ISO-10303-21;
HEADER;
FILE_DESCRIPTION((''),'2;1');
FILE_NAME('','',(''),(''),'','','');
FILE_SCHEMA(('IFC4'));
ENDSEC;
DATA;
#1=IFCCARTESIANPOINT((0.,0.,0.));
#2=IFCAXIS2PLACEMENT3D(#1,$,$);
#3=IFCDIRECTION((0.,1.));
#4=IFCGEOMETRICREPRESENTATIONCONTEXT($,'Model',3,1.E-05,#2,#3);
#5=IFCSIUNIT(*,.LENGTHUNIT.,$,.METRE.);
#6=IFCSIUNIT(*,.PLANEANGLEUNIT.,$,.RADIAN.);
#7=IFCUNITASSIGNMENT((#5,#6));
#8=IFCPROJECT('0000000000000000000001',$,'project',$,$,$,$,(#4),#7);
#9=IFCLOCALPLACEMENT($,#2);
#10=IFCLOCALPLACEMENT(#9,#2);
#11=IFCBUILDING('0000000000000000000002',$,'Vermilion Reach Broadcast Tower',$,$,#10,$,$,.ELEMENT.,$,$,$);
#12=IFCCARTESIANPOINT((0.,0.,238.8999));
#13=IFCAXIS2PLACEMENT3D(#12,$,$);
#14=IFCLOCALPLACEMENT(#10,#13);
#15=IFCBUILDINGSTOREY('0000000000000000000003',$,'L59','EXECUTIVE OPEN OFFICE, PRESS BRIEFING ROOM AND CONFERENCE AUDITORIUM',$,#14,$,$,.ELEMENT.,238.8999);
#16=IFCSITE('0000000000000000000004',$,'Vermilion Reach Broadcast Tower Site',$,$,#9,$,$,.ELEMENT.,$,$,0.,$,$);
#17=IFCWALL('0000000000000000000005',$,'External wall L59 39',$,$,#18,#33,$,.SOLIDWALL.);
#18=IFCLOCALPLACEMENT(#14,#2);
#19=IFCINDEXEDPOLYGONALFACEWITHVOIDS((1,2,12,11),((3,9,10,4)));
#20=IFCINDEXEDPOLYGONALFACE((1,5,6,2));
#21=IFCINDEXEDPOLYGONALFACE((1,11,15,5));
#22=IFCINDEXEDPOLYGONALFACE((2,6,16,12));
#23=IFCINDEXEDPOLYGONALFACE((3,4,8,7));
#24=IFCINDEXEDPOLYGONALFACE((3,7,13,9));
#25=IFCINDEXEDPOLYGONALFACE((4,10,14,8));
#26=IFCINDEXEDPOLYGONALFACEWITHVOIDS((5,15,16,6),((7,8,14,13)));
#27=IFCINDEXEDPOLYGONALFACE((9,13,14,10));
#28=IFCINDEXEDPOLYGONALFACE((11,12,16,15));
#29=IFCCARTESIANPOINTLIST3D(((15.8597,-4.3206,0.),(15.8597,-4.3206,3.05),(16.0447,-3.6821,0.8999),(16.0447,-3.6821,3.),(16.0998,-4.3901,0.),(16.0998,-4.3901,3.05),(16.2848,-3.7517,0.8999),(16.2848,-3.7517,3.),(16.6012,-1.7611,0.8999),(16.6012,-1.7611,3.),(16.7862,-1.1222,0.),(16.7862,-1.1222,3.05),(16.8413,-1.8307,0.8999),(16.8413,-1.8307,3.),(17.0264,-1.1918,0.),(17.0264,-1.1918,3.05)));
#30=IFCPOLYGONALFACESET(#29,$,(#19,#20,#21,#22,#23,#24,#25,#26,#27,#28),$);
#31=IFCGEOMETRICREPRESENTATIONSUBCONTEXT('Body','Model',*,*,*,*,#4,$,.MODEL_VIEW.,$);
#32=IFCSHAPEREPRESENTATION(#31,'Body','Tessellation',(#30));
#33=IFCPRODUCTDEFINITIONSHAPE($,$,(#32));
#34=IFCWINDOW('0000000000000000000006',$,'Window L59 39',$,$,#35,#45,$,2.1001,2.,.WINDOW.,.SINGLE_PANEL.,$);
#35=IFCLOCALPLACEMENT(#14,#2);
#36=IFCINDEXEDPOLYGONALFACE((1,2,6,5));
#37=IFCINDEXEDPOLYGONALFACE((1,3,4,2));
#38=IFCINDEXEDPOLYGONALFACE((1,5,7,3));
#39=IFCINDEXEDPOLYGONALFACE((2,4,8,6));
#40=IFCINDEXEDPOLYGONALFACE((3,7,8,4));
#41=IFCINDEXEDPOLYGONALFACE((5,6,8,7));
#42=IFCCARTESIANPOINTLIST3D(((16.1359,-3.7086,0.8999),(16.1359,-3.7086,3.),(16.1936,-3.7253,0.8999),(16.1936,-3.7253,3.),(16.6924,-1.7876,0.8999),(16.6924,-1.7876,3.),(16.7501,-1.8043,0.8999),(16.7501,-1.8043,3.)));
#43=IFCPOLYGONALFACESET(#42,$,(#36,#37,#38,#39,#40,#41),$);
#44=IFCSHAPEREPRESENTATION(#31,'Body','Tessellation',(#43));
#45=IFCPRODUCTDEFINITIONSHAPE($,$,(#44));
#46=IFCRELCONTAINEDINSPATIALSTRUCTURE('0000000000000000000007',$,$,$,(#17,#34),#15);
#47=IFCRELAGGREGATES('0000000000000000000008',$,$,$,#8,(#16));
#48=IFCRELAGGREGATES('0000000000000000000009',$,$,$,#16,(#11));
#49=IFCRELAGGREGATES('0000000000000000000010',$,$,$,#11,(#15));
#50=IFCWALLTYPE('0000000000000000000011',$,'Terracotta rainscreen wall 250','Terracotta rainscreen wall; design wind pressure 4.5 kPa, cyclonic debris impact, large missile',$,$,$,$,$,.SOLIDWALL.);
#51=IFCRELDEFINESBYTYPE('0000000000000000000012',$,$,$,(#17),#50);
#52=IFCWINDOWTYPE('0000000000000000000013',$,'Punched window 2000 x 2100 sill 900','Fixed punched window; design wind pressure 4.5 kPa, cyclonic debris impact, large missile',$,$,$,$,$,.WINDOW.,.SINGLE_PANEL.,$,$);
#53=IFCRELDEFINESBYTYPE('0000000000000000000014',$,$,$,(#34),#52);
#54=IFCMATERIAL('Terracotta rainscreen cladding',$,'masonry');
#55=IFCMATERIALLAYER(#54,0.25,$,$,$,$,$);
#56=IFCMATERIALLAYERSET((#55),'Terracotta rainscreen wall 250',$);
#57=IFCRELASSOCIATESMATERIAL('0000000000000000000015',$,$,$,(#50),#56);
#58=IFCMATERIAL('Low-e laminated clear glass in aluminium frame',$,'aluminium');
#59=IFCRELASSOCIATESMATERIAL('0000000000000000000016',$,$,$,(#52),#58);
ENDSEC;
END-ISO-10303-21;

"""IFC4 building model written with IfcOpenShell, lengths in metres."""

from ifc_helpers import new_model, si_unit, direction, frame, frame_2d, origin, place, context, subcontext, project, spatial, rectangle, extrude, material, layer, layer_set, type_object, element, fill, save


model = new_model("IFC4")

# Units and contexts
model_context = context("Model", 3, precision=1e-05, world=origin(), true_north=direction((0.0, 1.0)))
body_context = subcontext(model_context, "Body", "Model", "MODEL_VIEW")
ifc_project = project(units=[si_unit("LENGTHUNIT", "METRE"), si_unit("PLANEANGLEUNIT", "RADIAN")], contexts=[model_context])

# Site, building, storey
site_placement = place(None, origin())
site = spatial("IfcSite", under=ifc_project, at=site_placement, Name="Vermilion Reach Broadcast Tower Site", CompositionType="ELEMENT", RefElevation=0.0)
building_placement = place(site_placement, origin())
building = spatial("IfcBuilding", under=site, at=building_placement, Name="Vermilion Reach Broadcast Tower", CompositionType="ELEMENT")
storey_placement = place(building_placement, frame((0.0, 0.0, 238.8999)))
storey = spatial("IfcBuildingStorey", under=building, at=storey_placement, Name="L59", Description="EXECUTIVE OPEN OFFICE, PRESS BRIEFING ROOM AND CONFERENCE AUDITORIUM", CompositionType="ELEMENT", Elevation=238.8999)

# Shared definitions
ifc_material_1 = material(Name="Terracotta rainscreen cladding", Category="masonry")
ifc_layer_1 = layer(ifc_material_1, 0.25)
ifc_layer_set_1 = layer_set([ifc_layer_1], Name="Terracotta rainscreen wall 250")
wall_type_1 = type_object("IfcWallType", Name="Terracotta rainscreen wall 250", Description="Terracotta rainscreen wall; design wind pressure 4.5 kPa, cyclonic debris impact, large missile", PredefinedType="SOLIDWALL", material=ifc_layer_set_1)

# Wall, opening, window
wall_1_placement = place(storey_placement, frame((15.9797, -4.3555, 0.0), z_axis=(0.0, 0.0, 1.0), x_axis=(0.278254, 0.960508, 0.0)))
wall_1 = element("IfcWall", 1, at=wall_1_placement, inside=storey, type_object=wall_type_1, Name="External wall L59 39", PredefinedType="SOLIDWALL", context=body_context, shape_type="SweptSolid", body=[
    extrude(rectangle(XDim=3.3298, YDim=0.25, at=frame_2d((1.665, 0.0))), origin(), (0.0, 0.0, 1.0), 3.05),
])
opening_1_placement = place(wall_1_placement, frame((0.6648, 0.0, 0.8999)))
opening_1 = element("IfcOpeningElement", 2, at=opening_1_placement, cuts=wall_1, PredefinedType="OPENING", context=body_context, shape_type="SweptSolid", body=[
    extrude(rectangle(XDim=2.0, YDim=2.1001, at=frame_2d((1.0, 1.05))), frame((0.0, 0.135, 0.0), z_axis=(0.0, -1.0, 0.0), x_axis=(1.0, 0.0, 0.0)), (0.0, 0.0, 1.0), 0.27),
])
ifc_material_2 = material(Name="Low-e laminated clear glass in aluminium frame", Category="aluminium")
window_type = type_object("IfcWindowType", Name="Punched window 2000 x 2100 sill 900", Description="Fixed punched window; design wind pressure 4.5 kPa, cyclonic debris impact, large missile", PartitioningType="SINGLE_PANEL", PredefinedType="WINDOW", material=ifc_material_2)
window_placement = place(opening_1_placement, origin())
window = element("IfcWindow", 3, at=window_placement, inside=storey, type_object=window_type, Name="Window L59 39", OverallHeight=2.1001, OverallWidth=2.0, PartitioningType="SINGLE_PANEL", PredefinedType="WINDOW", context=body_context, shape_type="SweptSolid", body=[
    extrude(rectangle(XDim=2.0, YDim=2.1001, at=frame_2d((1.0, 1.05))), frame((0.0, 0.03, 0.0), z_axis=(0.0, -1.0, 0.0), x_axis=(1.0, 0.0, 0.0)), (0.0, 0.0, 1.0), 0.0601),
])
fill(opening_1, window)

save(model, "model.ifc")
